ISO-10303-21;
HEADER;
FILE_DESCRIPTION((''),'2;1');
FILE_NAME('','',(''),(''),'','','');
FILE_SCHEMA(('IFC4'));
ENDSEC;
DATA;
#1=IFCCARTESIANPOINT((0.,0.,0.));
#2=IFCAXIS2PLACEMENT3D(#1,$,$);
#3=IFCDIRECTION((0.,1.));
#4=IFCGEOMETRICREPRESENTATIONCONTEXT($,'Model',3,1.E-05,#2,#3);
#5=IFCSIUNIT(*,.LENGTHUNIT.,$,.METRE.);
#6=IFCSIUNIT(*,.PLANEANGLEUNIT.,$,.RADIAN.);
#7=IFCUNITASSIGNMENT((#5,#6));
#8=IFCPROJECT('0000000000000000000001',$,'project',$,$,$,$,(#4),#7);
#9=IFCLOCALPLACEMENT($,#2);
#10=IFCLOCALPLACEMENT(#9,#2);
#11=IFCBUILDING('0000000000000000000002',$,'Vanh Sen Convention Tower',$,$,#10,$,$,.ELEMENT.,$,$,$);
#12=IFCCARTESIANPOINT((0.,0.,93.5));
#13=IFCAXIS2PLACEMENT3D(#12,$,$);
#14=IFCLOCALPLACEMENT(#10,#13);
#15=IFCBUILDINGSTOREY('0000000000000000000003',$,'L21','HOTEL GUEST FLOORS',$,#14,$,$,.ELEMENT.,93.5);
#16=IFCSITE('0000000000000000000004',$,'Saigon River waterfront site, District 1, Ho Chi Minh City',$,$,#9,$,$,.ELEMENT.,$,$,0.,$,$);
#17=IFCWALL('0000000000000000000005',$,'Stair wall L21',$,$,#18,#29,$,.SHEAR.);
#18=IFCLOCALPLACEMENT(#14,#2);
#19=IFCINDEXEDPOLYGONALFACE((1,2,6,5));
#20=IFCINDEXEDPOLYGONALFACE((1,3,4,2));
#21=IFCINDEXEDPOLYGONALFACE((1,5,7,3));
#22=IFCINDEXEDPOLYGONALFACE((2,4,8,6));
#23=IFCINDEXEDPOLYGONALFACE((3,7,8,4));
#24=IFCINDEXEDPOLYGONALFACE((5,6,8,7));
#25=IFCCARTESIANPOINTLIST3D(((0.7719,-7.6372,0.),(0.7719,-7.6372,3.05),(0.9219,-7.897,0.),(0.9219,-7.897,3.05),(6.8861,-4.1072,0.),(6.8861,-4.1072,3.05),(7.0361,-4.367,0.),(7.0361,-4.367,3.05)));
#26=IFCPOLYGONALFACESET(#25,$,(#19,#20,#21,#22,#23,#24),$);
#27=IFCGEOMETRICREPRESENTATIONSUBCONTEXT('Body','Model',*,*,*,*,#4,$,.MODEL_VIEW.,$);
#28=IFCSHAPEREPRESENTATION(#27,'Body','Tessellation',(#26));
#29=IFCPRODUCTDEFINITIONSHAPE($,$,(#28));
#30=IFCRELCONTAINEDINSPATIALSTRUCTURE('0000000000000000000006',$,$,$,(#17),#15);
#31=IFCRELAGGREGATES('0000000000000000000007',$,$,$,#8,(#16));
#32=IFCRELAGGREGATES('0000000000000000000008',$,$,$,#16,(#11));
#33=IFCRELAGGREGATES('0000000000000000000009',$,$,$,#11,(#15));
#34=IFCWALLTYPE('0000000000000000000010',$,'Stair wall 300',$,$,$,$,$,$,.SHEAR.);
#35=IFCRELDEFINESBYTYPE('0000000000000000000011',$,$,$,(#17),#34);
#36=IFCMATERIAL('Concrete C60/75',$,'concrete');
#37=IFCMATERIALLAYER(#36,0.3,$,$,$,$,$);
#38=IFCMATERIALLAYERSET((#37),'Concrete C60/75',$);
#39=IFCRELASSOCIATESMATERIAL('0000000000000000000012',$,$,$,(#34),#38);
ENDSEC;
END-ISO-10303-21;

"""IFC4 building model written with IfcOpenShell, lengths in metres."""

from ifc_helpers import new_model, si_unit, direction, frame, frame_2d, origin, place, context, subcontext, project, spatial, rectangle, extrude, material, layer, layer_set, type_object, element, save


model = new_model("IFC4")

# Units and contexts
model_context = context("Model", 3, precision=1e-05, world=origin(), true_north=direction((0.0, 1.0)))
body_context = subcontext(model_context, "Body", "Model", "MODEL_VIEW")
ifc_project = project(units=[si_unit("LENGTHUNIT", "METRE"), si_unit("PLANEANGLEUNIT", "RADIAN")], contexts=[model_context])

# Site, building, storey
site_placement = place(None, origin())
site = spatial("IfcSite", under=ifc_project, at=site_placement, Name="Saigon River waterfront site, District 1, Ho Chi Minh City", CompositionType="ELEMENT", RefElevation=0.0)
building_placement = place(site_placement, origin())
building = spatial("IfcBuilding", under=site, at=building_placement, Name="Vanh Sen Convention Tower", CompositionType="ELEMENT")
storey_placement = place(building_placement, frame((0.0, 0.0, 93.5)))
storey = spatial("IfcBuildingStorey", under=building, at=storey_placement, Name="L21", Description="HOTEL GUEST FLOORS", CompositionType="ELEMENT", Elevation=93.5)

# Shared definitions
ifc_material_1 = material(Name="Concrete C60/75", Category="concrete")

# Shared definitions
ifc_layer_1 = layer(ifc_material_1, 0.3)
ifc_layer_set_1 = layer_set([ifc_layer_1], Name="Concrete C60/75")
wall_type_1 = type_object("IfcWallType", Name="Stair wall 300", PredefinedType="SHEAR", material=ifc_layer_set_1)

# Wall
wall_1_placement = place(storey_placement, frame((0.8469, -7.7671, 0.0), z_axis=(0.0, 0.0, 1.0), x_axis=(0.866028, 0.499996, 0.0)))
element("IfcWall", 1, at=wall_1_placement, inside=storey, type_object=wall_type_1, Name="Stair wall L21", PredefinedType="SHEAR", context=body_context, shape_type="SweptSolid", body=[
    extrude(rectangle(XDim=7.0601, YDim=0.3, at=frame_2d((3.53, 0.0))), origin(), (0.0, 0.0, 1.0), 3.05),
])

save(model, "model.ifc")
